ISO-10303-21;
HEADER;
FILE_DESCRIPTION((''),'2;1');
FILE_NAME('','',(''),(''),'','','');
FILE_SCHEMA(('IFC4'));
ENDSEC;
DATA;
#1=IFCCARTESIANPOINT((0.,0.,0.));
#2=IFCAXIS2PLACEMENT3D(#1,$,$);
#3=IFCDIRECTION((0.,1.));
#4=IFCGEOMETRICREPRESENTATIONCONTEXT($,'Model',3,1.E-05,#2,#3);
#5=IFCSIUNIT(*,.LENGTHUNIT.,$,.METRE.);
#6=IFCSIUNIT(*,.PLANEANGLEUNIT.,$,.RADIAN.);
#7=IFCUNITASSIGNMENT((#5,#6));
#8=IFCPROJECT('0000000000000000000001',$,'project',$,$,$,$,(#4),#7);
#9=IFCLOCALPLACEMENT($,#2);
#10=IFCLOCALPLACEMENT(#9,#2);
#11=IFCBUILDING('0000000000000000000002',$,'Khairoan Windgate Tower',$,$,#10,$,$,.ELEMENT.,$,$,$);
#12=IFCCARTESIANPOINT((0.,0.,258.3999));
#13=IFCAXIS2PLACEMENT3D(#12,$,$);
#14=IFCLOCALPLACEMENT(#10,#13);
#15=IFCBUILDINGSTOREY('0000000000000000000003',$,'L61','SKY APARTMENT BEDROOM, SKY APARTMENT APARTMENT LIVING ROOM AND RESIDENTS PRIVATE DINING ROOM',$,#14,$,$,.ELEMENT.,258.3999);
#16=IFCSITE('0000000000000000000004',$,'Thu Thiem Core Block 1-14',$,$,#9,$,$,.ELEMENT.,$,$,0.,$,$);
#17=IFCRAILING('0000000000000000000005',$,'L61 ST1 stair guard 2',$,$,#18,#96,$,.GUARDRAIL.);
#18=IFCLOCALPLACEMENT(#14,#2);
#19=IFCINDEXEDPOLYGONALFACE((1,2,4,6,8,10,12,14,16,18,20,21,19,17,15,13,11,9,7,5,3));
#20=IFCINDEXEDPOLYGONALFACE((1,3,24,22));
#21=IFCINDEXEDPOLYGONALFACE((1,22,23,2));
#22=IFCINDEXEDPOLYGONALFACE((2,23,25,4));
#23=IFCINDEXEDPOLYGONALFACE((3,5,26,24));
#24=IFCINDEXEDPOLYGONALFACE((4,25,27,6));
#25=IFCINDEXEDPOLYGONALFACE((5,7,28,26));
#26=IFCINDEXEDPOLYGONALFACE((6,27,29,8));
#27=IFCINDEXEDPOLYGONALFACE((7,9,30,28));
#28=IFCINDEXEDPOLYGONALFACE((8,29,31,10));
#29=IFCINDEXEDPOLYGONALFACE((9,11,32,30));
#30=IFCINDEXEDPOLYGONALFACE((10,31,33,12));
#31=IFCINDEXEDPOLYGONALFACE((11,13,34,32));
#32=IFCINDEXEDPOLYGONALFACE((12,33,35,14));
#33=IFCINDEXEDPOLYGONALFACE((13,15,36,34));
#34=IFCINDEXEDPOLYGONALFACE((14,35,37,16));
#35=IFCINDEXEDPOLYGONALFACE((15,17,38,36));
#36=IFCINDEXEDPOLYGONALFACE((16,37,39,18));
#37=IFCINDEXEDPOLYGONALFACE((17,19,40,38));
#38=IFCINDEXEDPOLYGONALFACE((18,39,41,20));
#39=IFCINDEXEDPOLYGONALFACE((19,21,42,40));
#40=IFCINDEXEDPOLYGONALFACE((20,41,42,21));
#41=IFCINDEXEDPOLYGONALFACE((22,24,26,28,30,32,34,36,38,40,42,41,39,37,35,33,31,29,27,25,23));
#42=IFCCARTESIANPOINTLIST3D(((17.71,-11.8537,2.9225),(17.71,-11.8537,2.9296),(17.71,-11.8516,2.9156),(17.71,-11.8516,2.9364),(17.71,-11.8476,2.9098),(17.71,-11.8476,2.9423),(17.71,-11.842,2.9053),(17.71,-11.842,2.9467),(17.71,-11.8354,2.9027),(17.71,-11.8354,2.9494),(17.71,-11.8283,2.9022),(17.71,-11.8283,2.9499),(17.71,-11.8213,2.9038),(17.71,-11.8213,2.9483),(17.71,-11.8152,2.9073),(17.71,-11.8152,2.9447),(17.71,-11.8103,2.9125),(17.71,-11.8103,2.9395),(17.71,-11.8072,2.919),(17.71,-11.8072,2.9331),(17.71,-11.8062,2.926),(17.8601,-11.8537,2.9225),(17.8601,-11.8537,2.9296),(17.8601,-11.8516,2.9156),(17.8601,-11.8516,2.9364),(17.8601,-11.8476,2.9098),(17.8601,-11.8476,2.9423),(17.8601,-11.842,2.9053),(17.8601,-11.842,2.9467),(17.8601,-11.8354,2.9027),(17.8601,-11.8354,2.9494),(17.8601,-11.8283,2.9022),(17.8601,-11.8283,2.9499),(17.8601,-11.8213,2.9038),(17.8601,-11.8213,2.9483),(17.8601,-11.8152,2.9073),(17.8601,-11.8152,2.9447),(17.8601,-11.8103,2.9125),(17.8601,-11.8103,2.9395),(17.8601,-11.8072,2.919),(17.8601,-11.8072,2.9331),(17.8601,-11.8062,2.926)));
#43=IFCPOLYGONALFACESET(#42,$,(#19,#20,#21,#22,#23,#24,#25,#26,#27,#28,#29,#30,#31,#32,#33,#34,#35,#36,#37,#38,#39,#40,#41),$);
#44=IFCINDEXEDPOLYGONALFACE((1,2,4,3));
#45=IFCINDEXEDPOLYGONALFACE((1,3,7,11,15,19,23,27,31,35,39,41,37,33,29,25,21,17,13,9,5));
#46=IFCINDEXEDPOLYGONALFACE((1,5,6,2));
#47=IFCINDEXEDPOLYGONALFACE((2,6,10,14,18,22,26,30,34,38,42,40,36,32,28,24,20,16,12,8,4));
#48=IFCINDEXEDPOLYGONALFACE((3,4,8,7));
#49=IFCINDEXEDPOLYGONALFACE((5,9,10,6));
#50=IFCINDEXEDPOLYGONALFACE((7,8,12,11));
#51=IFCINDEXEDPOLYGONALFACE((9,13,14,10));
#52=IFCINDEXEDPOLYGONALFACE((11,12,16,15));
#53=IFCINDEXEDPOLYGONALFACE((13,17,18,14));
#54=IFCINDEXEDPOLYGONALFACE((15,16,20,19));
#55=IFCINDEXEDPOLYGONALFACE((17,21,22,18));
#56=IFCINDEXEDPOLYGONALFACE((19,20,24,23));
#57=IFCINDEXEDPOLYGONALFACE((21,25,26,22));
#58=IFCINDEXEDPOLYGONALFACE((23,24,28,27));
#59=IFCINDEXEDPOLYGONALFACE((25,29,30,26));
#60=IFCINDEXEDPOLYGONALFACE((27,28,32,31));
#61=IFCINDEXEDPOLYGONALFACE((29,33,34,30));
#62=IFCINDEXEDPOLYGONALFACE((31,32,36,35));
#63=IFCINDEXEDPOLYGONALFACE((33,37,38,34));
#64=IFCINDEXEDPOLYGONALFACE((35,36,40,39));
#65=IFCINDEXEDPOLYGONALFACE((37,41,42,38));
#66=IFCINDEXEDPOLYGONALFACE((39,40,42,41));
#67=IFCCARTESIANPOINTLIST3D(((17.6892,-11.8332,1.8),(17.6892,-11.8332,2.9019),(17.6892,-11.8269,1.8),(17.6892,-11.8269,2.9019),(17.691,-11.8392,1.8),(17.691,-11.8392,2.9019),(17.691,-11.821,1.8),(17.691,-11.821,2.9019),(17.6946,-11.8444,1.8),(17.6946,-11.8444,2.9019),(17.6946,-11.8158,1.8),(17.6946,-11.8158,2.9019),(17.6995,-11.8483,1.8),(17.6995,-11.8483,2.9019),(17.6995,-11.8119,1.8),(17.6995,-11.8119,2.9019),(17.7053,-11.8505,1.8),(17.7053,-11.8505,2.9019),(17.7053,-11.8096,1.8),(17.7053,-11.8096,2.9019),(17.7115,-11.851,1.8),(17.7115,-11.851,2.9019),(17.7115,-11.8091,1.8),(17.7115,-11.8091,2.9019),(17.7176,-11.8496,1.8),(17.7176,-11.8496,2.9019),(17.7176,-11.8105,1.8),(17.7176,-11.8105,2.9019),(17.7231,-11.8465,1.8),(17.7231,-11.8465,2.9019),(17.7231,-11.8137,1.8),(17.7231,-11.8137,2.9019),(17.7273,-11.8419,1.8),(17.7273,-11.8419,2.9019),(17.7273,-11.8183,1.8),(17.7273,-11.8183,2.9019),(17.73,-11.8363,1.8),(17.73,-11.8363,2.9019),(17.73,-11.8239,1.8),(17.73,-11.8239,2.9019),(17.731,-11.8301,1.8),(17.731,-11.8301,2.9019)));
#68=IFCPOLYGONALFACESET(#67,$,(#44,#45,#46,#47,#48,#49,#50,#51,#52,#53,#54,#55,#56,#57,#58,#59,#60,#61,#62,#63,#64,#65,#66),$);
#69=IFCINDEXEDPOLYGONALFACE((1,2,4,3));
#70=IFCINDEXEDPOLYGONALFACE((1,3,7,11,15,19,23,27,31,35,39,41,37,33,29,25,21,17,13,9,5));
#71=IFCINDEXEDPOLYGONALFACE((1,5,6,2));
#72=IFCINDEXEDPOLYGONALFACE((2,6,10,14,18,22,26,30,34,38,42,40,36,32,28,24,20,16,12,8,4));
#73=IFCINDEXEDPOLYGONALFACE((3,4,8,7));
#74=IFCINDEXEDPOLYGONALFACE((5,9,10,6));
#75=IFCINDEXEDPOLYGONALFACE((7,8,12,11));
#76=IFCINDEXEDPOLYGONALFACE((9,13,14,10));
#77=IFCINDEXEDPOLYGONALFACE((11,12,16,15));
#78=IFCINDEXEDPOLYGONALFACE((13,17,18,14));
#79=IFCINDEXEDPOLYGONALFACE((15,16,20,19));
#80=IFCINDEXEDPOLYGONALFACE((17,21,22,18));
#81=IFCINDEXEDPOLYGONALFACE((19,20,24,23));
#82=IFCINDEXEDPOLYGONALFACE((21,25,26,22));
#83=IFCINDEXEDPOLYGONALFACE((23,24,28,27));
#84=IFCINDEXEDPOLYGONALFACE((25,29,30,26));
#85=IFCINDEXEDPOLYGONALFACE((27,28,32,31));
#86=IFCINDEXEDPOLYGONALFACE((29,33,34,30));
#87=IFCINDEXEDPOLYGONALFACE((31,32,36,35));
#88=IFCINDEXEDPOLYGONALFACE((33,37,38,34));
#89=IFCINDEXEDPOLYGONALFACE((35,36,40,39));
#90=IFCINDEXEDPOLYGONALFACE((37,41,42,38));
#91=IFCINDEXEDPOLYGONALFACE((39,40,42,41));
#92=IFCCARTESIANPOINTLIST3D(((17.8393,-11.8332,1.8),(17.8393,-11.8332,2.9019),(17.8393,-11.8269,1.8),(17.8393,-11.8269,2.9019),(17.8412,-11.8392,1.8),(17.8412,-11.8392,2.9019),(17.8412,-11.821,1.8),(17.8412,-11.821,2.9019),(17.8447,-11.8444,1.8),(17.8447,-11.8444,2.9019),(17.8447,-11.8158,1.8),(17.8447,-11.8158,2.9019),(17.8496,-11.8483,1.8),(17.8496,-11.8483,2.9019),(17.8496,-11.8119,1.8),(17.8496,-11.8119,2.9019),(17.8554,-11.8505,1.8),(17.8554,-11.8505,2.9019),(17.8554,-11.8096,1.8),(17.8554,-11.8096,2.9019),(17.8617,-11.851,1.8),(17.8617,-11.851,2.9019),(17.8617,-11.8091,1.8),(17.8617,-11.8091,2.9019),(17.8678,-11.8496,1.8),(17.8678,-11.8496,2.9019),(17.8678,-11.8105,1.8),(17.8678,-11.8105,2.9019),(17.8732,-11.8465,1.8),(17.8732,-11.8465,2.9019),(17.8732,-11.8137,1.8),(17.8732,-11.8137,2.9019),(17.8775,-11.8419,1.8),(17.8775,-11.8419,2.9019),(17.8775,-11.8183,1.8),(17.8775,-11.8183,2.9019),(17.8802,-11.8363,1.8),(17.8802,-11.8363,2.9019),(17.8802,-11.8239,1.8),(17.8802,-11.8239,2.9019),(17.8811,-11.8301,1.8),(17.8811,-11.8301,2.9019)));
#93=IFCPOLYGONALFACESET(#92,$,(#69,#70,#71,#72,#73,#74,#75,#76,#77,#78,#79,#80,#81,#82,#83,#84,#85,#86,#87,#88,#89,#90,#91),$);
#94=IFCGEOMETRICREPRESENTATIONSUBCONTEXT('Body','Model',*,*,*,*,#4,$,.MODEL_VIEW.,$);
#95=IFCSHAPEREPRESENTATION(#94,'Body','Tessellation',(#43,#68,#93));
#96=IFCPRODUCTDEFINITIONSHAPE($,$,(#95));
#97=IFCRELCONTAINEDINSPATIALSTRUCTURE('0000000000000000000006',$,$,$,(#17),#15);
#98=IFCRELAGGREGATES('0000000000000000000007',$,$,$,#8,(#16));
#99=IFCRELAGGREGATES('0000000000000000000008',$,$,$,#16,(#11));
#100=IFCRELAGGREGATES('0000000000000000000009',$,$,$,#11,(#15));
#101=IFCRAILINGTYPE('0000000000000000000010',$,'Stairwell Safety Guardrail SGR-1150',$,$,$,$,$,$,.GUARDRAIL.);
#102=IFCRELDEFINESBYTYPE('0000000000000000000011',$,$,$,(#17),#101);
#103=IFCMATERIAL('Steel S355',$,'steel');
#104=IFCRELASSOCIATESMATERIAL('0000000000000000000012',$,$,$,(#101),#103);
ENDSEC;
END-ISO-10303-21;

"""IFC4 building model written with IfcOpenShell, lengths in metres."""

from ifc_helpers import new_model, si_unit, direction, frame, origin, origin_2d, place, context, subcontext, project, spatial, circle, extrude, material, type_object, element, save


model = new_model("IFC4")

# Units and contexts
model_context = context("Model", 3, precision=1e-05, world=origin(), true_north=direction((0.0, 1.0)))
body_context = subcontext(model_context, "Body", "Model", "MODEL_VIEW")
ifc_project = project(units=[si_unit("LENGTHUNIT", "METRE"), si_unit("PLANEANGLEUNIT", "RADIAN")], contexts=[model_context])

# Site, building, storey
site_placement = place(None, origin())
site = spatial("IfcSite", under=ifc_project, at=site_placement, Name="Thu Thiem Core Block 1-14", CompositionType="ELEMENT", RefElevation=0.0)
building_placement = place(site_placement, origin())
building = spatial("IfcBuilding", under=site, at=building_placement, Name="Khairoan Windgate Tower", CompositionType="ELEMENT")
storey_placement = place(building_placement, frame((0.0, 0.0, 258.3999)))
storey = spatial("IfcBuildingStorey", under=building, at=storey_placement, Name="L61", Description="SKY APARTMENT BEDROOM, SKY APARTMENT APARTMENT LIVING ROOM AND RESIDENTS PRIVATE DINING ROOM", CompositionType="ELEMENT", Elevation=258.3999)

# Railing
ifc_material_1 = material(Name="Steel S355", Category="steel")
railing_type_1 = type_object("IfcRailingType", Name="Stairwell Safety Guardrail SGR-1150", PredefinedType="GUARDRAIL", material=ifc_material_1)
railing_1_placement = place(storey_placement, frame((17.71, -11.8301, 1.8)))
element("IfcRailing", 1, at=railing_1_placement, inside=storey, type_object=railing_type_1, Name="L61 ST1 stair guard 2", PredefinedType="GUARDRAIL", context=body_context, shape_type="SweptSolid", body=[
    extrude(circle(Radius=0.0239, at=origin_2d()), frame((0.0, 0.0, 1.126), z_axis=(1.0, 0.0, 0.0), x_axis=(0.0, 1.0, 0.0)), (0.0, 0.0, 1.0), 0.1501),
    extrude(circle(Radius=0.021, at=origin_2d()), origin(), (0.0, 0.0, 1.0), 1.1018),
    extrude(circle(Radius=0.021, at=origin_2d()), frame((0.1501, 0.0, 0.0)), (0.0, 0.0, 1.0), 1.1018),
])

save(model, "model.ifc")
